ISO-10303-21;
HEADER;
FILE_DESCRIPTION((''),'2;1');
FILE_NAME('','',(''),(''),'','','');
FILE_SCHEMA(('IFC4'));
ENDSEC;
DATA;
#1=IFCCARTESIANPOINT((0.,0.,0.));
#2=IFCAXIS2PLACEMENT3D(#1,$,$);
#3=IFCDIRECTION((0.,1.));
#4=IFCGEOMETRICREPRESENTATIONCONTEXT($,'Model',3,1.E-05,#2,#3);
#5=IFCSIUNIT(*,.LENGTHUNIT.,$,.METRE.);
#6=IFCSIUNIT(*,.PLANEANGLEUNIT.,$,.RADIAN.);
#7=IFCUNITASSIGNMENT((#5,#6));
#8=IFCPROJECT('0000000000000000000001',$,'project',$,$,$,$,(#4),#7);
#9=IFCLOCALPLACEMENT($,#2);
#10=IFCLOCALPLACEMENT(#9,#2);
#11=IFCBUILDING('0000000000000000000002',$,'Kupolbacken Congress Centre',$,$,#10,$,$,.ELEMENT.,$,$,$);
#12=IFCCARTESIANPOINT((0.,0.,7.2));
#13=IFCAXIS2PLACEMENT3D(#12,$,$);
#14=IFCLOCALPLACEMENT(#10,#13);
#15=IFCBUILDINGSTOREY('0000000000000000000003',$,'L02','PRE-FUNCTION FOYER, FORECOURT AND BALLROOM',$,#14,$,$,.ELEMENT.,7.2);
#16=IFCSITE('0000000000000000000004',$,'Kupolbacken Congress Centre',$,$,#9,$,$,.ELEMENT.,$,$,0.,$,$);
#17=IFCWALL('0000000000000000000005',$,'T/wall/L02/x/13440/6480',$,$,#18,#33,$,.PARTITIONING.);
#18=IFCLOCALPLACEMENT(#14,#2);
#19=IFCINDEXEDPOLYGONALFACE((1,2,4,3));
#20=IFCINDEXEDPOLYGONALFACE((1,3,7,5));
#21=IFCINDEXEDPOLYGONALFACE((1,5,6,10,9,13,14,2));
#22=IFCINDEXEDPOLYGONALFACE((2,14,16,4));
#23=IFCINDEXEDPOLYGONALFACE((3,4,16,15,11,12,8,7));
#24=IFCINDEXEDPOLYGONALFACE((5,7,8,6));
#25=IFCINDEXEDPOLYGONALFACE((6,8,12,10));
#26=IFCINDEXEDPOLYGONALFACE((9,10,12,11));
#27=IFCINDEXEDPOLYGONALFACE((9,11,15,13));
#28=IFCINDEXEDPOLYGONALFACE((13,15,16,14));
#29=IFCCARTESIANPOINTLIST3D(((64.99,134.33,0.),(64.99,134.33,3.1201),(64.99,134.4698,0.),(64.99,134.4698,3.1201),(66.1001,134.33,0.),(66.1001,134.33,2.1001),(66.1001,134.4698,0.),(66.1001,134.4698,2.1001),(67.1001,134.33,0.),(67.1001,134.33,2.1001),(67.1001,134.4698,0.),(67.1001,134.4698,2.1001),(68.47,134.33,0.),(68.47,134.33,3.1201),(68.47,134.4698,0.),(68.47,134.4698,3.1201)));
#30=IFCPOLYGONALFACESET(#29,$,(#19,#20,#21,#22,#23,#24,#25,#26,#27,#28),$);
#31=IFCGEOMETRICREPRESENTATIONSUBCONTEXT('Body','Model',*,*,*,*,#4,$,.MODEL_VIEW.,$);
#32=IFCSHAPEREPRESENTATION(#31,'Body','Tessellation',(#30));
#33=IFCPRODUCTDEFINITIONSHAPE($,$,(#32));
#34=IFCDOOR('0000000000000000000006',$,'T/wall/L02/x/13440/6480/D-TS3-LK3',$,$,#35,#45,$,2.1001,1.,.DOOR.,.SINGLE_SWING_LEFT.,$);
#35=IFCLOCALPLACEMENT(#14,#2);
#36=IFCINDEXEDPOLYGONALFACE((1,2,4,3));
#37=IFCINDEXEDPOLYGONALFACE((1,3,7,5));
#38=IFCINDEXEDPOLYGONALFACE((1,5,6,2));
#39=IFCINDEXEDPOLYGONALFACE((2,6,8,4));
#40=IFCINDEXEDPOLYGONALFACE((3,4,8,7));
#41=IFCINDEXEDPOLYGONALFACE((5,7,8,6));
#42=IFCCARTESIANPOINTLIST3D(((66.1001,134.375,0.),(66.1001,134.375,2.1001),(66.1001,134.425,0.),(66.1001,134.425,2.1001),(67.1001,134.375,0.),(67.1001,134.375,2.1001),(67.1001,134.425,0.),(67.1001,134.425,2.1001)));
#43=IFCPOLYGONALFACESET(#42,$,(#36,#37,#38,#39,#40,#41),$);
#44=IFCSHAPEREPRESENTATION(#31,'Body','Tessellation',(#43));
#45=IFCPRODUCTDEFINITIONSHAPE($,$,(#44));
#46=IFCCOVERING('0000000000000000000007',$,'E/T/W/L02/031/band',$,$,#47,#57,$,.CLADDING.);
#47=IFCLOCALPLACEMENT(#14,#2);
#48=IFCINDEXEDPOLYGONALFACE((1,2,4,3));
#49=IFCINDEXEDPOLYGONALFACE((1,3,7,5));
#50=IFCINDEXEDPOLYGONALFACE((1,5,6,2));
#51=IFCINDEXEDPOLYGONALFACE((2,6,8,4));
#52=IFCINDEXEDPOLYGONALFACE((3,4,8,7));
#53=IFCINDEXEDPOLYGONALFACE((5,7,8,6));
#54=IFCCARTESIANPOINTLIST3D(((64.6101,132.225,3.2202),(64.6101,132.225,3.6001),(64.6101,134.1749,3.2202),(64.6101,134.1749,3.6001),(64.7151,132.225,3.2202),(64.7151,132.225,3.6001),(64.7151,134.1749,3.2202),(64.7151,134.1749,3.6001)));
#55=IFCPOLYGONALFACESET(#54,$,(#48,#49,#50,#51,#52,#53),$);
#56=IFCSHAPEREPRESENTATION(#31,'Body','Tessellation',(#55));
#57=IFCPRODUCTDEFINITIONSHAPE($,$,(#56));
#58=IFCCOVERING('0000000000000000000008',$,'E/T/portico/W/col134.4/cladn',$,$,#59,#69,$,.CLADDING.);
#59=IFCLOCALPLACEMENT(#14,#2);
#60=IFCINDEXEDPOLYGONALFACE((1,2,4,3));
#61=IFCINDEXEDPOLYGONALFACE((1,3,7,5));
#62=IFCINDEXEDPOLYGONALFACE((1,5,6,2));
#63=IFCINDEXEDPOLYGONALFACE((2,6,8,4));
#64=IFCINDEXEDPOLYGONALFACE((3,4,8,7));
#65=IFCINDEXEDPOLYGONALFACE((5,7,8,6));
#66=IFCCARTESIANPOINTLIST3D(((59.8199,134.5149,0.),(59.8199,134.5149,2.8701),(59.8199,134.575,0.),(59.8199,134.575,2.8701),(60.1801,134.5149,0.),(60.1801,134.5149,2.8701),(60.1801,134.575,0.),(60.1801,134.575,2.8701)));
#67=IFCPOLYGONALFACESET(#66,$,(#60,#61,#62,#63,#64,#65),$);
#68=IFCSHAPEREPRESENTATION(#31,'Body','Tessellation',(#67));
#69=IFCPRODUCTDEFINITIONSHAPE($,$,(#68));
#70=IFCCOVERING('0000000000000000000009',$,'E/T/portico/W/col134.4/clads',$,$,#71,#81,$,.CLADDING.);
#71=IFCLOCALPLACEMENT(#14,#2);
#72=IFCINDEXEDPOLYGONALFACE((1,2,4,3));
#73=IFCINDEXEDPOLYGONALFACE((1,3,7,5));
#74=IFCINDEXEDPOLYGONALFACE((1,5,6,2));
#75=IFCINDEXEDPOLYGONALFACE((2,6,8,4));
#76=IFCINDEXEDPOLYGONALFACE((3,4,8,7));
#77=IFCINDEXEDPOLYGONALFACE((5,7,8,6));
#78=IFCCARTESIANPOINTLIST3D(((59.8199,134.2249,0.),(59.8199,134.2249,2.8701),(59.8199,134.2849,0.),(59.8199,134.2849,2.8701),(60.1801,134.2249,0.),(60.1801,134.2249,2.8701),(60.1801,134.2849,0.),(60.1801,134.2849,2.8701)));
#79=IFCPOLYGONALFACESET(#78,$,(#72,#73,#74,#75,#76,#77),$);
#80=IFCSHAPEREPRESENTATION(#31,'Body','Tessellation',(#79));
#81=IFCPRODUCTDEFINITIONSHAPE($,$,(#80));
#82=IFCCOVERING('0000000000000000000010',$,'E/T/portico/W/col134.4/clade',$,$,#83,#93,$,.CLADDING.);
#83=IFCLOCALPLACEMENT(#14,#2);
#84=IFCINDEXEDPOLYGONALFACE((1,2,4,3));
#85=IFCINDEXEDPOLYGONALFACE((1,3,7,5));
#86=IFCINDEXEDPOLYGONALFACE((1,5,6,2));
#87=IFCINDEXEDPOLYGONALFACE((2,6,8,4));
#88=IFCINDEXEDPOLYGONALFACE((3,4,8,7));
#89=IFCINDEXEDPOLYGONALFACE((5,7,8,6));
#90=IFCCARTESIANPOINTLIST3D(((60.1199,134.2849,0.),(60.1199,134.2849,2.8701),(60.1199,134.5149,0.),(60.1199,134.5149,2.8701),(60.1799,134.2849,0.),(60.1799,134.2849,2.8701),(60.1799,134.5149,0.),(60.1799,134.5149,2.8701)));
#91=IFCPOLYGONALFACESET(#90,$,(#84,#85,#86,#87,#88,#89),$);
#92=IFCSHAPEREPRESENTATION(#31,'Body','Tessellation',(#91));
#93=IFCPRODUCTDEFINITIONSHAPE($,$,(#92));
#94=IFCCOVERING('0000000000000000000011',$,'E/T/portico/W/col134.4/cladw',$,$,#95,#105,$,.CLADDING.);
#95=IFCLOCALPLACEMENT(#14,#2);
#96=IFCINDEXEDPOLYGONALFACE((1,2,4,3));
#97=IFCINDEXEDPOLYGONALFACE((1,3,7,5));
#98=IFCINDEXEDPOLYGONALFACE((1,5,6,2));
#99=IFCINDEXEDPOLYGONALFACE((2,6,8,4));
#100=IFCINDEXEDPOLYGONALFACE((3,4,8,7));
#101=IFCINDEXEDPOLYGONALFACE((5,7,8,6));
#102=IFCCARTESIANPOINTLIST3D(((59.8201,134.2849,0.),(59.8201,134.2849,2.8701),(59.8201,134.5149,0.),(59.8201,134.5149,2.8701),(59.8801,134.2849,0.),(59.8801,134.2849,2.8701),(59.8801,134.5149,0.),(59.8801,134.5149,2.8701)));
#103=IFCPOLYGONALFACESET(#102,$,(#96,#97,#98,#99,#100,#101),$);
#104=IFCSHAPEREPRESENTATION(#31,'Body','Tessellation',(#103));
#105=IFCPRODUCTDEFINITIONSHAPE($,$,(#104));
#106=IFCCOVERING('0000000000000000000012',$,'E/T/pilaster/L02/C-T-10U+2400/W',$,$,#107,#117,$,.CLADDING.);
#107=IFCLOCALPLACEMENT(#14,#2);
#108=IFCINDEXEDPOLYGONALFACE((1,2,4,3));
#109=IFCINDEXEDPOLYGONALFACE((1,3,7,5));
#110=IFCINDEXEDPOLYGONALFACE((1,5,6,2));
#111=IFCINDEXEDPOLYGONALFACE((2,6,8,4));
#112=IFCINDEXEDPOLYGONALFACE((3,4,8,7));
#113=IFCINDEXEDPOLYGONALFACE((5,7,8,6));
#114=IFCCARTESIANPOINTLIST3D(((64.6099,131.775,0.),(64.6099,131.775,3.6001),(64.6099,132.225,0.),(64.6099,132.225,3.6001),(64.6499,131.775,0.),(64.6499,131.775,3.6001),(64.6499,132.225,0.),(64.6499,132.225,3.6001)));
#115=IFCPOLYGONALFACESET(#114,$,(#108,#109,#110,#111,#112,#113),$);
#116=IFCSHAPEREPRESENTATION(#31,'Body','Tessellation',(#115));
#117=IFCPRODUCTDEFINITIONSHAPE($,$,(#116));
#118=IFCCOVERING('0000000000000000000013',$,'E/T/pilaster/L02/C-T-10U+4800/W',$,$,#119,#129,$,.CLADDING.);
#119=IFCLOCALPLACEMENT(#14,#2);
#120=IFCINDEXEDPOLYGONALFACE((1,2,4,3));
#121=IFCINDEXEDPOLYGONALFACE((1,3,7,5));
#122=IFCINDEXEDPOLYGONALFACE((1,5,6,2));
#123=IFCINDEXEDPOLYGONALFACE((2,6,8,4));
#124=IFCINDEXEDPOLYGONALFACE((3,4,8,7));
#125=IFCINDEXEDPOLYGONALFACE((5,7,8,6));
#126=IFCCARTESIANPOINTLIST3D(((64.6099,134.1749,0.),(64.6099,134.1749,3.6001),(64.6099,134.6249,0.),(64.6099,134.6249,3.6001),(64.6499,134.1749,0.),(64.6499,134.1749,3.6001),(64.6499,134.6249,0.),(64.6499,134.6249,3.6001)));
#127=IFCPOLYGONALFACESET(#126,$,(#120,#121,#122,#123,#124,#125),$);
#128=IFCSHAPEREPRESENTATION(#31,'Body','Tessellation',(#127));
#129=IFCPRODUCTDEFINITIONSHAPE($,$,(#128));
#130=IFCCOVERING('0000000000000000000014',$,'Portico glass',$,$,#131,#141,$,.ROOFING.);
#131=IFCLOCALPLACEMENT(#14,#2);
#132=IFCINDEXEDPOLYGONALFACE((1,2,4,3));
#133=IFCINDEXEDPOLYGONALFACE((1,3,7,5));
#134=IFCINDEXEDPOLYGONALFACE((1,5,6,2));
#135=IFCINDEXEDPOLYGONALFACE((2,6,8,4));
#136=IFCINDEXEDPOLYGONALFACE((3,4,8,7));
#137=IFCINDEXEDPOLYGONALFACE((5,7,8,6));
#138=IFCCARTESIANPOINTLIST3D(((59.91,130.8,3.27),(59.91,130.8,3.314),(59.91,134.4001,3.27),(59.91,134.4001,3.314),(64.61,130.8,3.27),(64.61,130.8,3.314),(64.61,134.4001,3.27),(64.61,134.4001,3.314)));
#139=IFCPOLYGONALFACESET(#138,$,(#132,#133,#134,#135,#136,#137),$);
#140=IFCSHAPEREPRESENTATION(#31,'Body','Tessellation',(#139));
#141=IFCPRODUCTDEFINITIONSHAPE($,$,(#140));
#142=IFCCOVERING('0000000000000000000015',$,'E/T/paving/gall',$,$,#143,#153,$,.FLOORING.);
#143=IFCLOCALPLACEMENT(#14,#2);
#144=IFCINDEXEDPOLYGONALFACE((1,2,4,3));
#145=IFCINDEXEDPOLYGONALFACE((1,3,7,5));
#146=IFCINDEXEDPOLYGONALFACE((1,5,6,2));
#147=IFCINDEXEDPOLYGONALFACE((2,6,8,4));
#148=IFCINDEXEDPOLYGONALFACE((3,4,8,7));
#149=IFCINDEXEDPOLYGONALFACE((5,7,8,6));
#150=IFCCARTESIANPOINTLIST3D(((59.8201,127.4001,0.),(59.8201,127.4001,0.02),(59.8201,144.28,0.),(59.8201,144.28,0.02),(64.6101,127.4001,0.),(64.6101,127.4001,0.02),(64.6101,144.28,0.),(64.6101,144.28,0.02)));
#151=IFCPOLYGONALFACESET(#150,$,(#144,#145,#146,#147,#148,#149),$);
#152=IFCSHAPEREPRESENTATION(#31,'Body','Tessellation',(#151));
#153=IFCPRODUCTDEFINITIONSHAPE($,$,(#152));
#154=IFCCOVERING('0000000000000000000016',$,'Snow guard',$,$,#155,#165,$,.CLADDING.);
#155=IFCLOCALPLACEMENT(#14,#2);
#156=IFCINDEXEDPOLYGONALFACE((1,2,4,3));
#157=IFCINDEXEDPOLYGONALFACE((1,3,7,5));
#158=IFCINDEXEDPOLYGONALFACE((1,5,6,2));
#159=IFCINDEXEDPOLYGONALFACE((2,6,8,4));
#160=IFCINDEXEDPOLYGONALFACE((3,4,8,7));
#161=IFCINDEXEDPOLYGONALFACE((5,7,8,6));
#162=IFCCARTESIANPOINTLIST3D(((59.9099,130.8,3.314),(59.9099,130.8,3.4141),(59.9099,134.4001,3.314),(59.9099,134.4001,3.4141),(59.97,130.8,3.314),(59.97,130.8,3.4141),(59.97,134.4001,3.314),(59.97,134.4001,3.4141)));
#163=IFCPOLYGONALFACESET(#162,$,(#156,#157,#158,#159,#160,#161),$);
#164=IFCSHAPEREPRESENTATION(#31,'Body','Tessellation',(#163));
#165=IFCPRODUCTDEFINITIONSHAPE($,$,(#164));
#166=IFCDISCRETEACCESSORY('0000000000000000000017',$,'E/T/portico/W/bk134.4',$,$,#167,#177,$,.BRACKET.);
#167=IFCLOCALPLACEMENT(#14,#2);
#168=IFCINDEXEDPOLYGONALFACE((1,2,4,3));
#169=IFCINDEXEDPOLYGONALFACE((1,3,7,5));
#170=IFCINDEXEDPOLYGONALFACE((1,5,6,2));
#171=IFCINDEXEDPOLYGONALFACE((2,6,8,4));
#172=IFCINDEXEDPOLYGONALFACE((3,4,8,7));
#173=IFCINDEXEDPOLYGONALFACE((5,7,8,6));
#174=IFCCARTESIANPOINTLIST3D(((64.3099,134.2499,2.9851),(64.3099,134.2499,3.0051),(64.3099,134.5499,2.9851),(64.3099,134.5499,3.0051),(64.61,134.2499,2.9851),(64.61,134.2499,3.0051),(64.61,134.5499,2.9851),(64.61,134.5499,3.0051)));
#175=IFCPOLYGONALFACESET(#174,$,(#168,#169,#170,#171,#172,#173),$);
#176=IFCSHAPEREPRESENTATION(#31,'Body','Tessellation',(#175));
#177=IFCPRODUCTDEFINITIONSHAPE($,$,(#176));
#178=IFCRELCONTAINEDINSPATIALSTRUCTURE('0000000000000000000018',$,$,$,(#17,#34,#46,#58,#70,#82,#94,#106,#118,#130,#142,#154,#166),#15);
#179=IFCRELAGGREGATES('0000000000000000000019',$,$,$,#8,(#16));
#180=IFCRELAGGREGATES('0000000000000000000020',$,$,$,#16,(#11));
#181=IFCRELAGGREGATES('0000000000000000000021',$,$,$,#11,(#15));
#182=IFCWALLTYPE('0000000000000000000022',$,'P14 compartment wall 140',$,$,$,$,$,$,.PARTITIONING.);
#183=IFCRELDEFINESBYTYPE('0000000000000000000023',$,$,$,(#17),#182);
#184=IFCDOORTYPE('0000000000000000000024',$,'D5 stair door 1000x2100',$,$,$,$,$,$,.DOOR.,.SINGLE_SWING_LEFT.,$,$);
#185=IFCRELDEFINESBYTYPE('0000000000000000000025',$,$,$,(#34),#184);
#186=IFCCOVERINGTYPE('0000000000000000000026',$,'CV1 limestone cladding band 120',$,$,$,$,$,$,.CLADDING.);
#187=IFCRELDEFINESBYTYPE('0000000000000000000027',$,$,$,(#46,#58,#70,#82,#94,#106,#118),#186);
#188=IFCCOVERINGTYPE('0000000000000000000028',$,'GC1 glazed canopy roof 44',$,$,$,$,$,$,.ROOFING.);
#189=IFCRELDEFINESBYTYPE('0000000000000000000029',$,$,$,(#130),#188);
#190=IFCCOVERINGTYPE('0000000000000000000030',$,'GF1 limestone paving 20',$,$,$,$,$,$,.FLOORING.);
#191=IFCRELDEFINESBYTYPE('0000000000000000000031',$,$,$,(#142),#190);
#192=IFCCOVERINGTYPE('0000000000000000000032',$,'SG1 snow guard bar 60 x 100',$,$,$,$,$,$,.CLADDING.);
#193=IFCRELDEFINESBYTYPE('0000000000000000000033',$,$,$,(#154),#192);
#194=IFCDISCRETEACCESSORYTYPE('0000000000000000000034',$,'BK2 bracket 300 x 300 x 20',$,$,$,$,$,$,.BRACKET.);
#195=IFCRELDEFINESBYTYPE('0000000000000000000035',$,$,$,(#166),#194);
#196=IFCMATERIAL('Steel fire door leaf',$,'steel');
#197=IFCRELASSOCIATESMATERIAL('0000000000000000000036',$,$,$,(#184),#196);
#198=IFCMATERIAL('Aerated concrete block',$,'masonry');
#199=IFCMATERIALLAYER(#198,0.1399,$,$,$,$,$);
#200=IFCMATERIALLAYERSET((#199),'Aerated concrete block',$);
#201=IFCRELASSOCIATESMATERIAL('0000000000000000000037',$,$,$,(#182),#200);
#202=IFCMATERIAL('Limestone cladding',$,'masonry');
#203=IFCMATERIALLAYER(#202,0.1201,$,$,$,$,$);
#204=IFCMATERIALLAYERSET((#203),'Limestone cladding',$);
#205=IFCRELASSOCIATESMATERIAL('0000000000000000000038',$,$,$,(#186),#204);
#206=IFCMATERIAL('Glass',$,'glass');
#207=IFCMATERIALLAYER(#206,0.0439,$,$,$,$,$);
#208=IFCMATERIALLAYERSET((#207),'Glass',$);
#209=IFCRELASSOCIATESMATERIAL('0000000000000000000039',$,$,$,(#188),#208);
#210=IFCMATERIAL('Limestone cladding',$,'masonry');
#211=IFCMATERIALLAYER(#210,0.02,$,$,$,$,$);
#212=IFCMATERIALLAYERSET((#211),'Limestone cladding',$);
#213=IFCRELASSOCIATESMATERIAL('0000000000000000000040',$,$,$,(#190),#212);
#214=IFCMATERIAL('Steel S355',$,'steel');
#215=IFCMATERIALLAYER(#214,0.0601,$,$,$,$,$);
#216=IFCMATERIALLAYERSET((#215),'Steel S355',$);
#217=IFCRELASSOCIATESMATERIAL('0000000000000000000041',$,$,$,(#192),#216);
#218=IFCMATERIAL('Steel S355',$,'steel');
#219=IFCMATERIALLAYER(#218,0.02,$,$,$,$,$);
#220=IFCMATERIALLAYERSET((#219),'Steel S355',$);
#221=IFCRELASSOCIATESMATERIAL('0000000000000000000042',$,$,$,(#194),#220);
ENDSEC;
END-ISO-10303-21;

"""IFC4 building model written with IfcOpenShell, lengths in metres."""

from ifc_helpers import new_model, si_unit, direction, frame, frame_2d, origin, origin_2d, place, context, subcontext, project, spatial, rectangle, extrude, material, layer, layer_set, type_object, element, fill, save


model = new_model("IFC4")

# Units and contexts
model_context = context("Model", 3, precision=1e-05, world=origin(), true_north=direction((0.0, 1.0)))
body_context = subcontext(model_context, "Body", "Model", "MODEL_VIEW")
ifc_project = project(units=[si_unit("LENGTHUNIT", "METRE"), si_unit("PLANEANGLEUNIT", "RADIAN")], contexts=[model_context])

# Site, building, storey
site_placement = place(None, origin())
site = spatial("IfcSite", under=ifc_project, at=site_placement, Name="Kupolbacken Congress Centre", CompositionType="ELEMENT", RefElevation=0.0)
building_placement = place(site_placement, origin())
building = spatial("IfcBuilding", under=site, at=building_placement, Name="Kupolbacken Congress Centre", CompositionType="ELEMENT")
storey_placement = place(building_placement, frame((0.0, 0.0, 7.2)))
storey = spatial("IfcBuildingStorey", under=building, at=storey_placement, Name="L02", Description="PRE-FUNCTION FOYER, FORECOURT AND BALLROOM", CompositionType="ELEMENT", Elevation=7.2)

# Shared definitions
ifc_material_1 = material(Name="Steel fire door leaf", Category="steel")
door_type_1 = type_object("IfcDoorType", Name="D5 stair door 1000x2100", OperationType="SINGLE_SWING_LEFT", PredefinedType="DOOR", material=ifc_material_1)

# Wall, opening, door
ifc_material_2 = material(Name="Aerated concrete block", Category="masonry")
ifc_layer_1 = layer(ifc_material_2, 0.1399)
ifc_layer_set_1 = layer_set([ifc_layer_1], Name="Aerated concrete block")
wall_type_1 = type_object("IfcWallType", Name="P14 compartment wall 140", PredefinedType="PARTITIONING", material=ifc_layer_set_1)
wall_1_placement = place(storey_placement, frame((64.99, 134.3999, 0.0), z_axis=(0.0, 0.0, 1.0), x_axis=(1.0, 0.0, 0.0)))
wall_1 = element("IfcWall", 1, at=wall_1_placement, inside=storey, type_object=wall_type_1, Name="T/wall/L02/x/13440/6480", PredefinedType="PARTITIONING", context=body_context, shape_type="SweptSolid", body=[
    extrude(rectangle(XDim=3.48, YDim=0.1399, at=frame_2d((1.74, 0.0))), origin(), (0.0, 0.0, 1.0), 3.1201),
])
opening_1_placement = place(wall_1_placement, frame((1.1101, 0.0, 0.0)))
opening_1 = element("IfcOpeningElement", 2, at=opening_1_placement, cuts=wall_1, PredefinedType="OPENING", context=body_context, shape_type="SweptSolid", body=[
    extrude(rectangle(XDim=1.0, YDim=2.1001, at=frame_2d((0.5, 1.05))), frame((0.0, 0.0798, 0.0), z_axis=(0.0, -1.0, 0.0), x_axis=(1.0, 0.0, 0.0)), (0.0, 0.0, 1.0), 0.1599),
])
door_1_placement = place(opening_1_placement, frame((1.0, 0.0, 0.0), z_axis=(0.0, 0.0, 1.0), x_axis=(-1.0, 0.0, 0.0)))
door_1 = element("IfcDoor", 3, at=door_1_placement, inside=storey, type_object=door_type_1, Name="T/wall/L02/x/13440/6480/D-TS3-LK3", OperationType="SINGLE_SWING_LEFT", OverallHeight=2.1001, OverallWidth=1.0, PredefinedType="DOOR", context=body_context, shape_type="SweptSolid", body=[
    extrude(rectangle(XDim=1.0, YDim=2.1001, at=frame_2d((0.5, 1.05))), frame((0.0, 0.0249, 0.0), z_axis=(0.0, -1.0, 0.0), x_axis=(1.0, 0.0, 0.0)), (0.0, 0.0, 1.0), 0.05),
])
fill(opening_1, door_1)

# Coverings
ifc_material_3 = material(Name="Limestone cladding", Category="masonry")
ifc_layer_2 = layer(ifc_material_3, 0.1201)
ifc_layer_set_2 = layer_set([ifc_layer_2], Name="Limestone cladding")
covering_type_1 = type_object("IfcCoveringType", Name="CV1 limestone cladding band 120", PredefinedType="CLADDING", material=ifc_layer_set_2)
covering_1_placement = place(storey_placement, frame((64.6626, 133.2, 3.2202), z_axis=(0.0, 0.0, 1.0), x_axis=(0.0, -1.0, 0.0)))
element("IfcCovering", 4, at=covering_1_placement, inside=storey, type_object=covering_type_1, Name="E/T/W/L02/031/band", PredefinedType="CLADDING", context=body_context, shape_type="SweptSolid", body=[
    extrude(rectangle(XDim=1.95, YDim=0.105, at=origin_2d()), origin(), (0.0, 0.0, 1.0), 0.3799),
])
for number, where, z_axis, x_axis, name in (
    (5, (60.0, 134.5449, 0.0), (0.0, 0.0, 1.0), (1.0, 0.0, 0.0), "E/T/portico/W/col134.4/cladn"),
    (6, (60.0, 134.2549, 0.0), (0.0, 0.0, 1.0), (1.0, 0.0, 0.0), "E/T/portico/W/col134.4/clads"),
):
    element("IfcCovering", number, at=place(storey_placement, frame(where, z_axis=z_axis, x_axis=x_axis)), inside=storey, type_object=covering_type_1, Name=name, PredefinedType="CLADDING", context=body_context, shape_type="SweptSolid", body=[
        extrude(rectangle(XDim=0.3601, YDim=0.0601, at=origin_2d()), origin(), (0.0, 0.0, 1.0), 2.8701),
    ])
for number, where, z_axis, x_axis, name in (
    (7, (60.1499, 134.3999, 0.0), (0.0, 0.0, 1.0), (1.0, 0.0, 0.0), "E/T/portico/W/col134.4/clade"),
    (8, (59.8501, 134.3999, 0.0), (0.0, 0.0, 1.0), (1.0, 0.0, 0.0), "E/T/portico/W/col134.4/cladw"),
):
    element("IfcCovering", number, at=place(storey_placement, frame(where, z_axis=z_axis, x_axis=x_axis)), inside=storey, type_object=covering_type_1, Name=name, PredefinedType="CLADDING", context=body_context, shape_type="SweptSolid", body=[
        extrude(rectangle(XDim=0.0601, YDim=0.23, at=origin_2d()), origin(), (0.0, 0.0, 1.0), 2.8701),
    ])
for number, where, z_axis, x_axis, name in (
    (9, (64.6299, 132.0, 0.0), (0.0, 0.0, 1.0), (1.0, 0.0, 0.0), "E/T/pilaster/L02/C-T-10U+2400/W"),
    (10, (64.6299, 134.3999, 0.0), (0.0, 0.0, 1.0), (1.0, 0.0, 0.0), "E/T/pilaster/L02/C-T-10U+4800/W"),
):
    element("IfcCovering", number, at=place(storey_placement, frame(where, z_axis=z_axis, x_axis=x_axis)), inside=storey, type_object=covering_type_1, Name=name, PredefinedType="CLADDING", context=body_context, shape_type="SweptSolid", body=[
        extrude(rectangle(XDim=0.04, YDim=0.45, at=origin_2d()), origin(), (0.0, 0.0, 1.0), 3.6001),
    ])
ifc_material_4 = material(Name="Glass", Category="glass")
ifc_layer_3 = layer(ifc_material_4, 0.0439)
ifc_layer_set_3 = layer_set([ifc_layer_3], Name="Glass")
covering_type_2 = type_object("IfcCoveringType", Name="GC1 glazed canopy roof 44", PredefinedType="ROOFING", material=ifc_layer_set_3)
covering_2_placement = place(storey_placement, frame((62.26, 132.6001, 3.27), z_axis=(0.0, 0.0, 1.0), x_axis=(0.0, 1.0, 0.0)))
element("IfcCovering", 11, at=covering_2_placement, inside=storey, type_object=covering_type_2, Name="Portico glass", PredefinedType="ROOFING", context=body_context, shape_type="SweptSolid", body=[
    extrude(rectangle(XDim=3.6001, YDim=4.7, at=origin_2d()), origin(), (0.0, 0.0, 1.0), 0.0439),
])
ifc_material_5 = material(Name="Limestone cladding", Category="masonry")
ifc_layer_4 = layer(ifc_material_5, 0.02)
ifc_layer_set_4 = layer_set([ifc_layer_4], Name="Limestone cladding")
covering_type_3 = type_object("IfcCoveringType", Name="GF1 limestone paving 20", PredefinedType="FLOORING", material=ifc_layer_set_4)
covering_3_placement = place(storey_placement, frame((62.2151, 135.8401, 0.0), z_axis=(0.0, 0.0, 1.0), x_axis=(1.0, 0.0, 0.0)))
element("IfcCovering", 12, at=covering_3_placement, inside=storey, type_object=covering_type_3, Name="E/T/paving/gall", PredefinedType="FLOORING", context=body_context, shape_type="SweptSolid", body=[
    extrude(rectangle(XDim=4.79, YDim=16.8799, at=origin_2d()), origin(), (0.0, 0.0, 1.0), 0.02),
])
ifc_material_6 = material(Name="Steel S355", Category="steel")
ifc_layer_5 = layer(ifc_material_6, 0.0601)
ifc_layer_set_5 = layer_set([ifc_layer_5], Name="Steel S355")
covering_type_4 = type_object("IfcCoveringType", Name="SG1 snow guard bar 60 x 100", PredefinedType="CLADDING", material=ifc_layer_set_5)
covering_4_placement = place(storey_placement, frame((59.9399, 132.6001, 3.314), z_axis=(0.0, 0.0, 1.0), x_axis=(0.0, 1.0, 0.0)))
element("IfcCovering", 13, at=covering_4_placement, inside=storey, type_object=covering_type_4, Name="Snow guard", PredefinedType="CLADDING", context=body_context, shape_type="SweptSolid", body=[
    extrude(rectangle(XDim=3.6001, YDim=0.0601, at=origin_2d()), origin(), (0.0, 0.0, 1.0), 0.1001),
])

# Discrete accessory
ifc_material_7 = material(Name="Steel S355", Category="steel")
ifc_layer_6 = layer(ifc_material_7, 0.02)
ifc_layer_set_6 = layer_set([ifc_layer_6], Name="Steel S355")
discrete_accessory_type = type_object("IfcDiscreteAccessoryType", Name="BK2 bracket 300 x 300 x 20", PredefinedType="BRACKET", material=ifc_layer_set_6)
discrete_accessory_placement = place(storey_placement, frame((64.46, 134.3999, 2.9851), z_axis=(0.0, 0.0, 1.0), x_axis=(0.0, 1.0, 0.0)))
element("IfcDiscreteAccessory", 14, at=discrete_accessory_placement, inside=storey, type_object=discrete_accessory_type, Name="E/T/portico/W/bk134.4", PredefinedType="BRACKET", context=body_context, shape_type="SweptSolid", body=[
    extrude(rectangle(XDim=0.3, YDim=0.3, at=origin_2d()), origin(), (0.0, 0.0, 1.0), 0.02),
])

save(model, "model.ifc")
